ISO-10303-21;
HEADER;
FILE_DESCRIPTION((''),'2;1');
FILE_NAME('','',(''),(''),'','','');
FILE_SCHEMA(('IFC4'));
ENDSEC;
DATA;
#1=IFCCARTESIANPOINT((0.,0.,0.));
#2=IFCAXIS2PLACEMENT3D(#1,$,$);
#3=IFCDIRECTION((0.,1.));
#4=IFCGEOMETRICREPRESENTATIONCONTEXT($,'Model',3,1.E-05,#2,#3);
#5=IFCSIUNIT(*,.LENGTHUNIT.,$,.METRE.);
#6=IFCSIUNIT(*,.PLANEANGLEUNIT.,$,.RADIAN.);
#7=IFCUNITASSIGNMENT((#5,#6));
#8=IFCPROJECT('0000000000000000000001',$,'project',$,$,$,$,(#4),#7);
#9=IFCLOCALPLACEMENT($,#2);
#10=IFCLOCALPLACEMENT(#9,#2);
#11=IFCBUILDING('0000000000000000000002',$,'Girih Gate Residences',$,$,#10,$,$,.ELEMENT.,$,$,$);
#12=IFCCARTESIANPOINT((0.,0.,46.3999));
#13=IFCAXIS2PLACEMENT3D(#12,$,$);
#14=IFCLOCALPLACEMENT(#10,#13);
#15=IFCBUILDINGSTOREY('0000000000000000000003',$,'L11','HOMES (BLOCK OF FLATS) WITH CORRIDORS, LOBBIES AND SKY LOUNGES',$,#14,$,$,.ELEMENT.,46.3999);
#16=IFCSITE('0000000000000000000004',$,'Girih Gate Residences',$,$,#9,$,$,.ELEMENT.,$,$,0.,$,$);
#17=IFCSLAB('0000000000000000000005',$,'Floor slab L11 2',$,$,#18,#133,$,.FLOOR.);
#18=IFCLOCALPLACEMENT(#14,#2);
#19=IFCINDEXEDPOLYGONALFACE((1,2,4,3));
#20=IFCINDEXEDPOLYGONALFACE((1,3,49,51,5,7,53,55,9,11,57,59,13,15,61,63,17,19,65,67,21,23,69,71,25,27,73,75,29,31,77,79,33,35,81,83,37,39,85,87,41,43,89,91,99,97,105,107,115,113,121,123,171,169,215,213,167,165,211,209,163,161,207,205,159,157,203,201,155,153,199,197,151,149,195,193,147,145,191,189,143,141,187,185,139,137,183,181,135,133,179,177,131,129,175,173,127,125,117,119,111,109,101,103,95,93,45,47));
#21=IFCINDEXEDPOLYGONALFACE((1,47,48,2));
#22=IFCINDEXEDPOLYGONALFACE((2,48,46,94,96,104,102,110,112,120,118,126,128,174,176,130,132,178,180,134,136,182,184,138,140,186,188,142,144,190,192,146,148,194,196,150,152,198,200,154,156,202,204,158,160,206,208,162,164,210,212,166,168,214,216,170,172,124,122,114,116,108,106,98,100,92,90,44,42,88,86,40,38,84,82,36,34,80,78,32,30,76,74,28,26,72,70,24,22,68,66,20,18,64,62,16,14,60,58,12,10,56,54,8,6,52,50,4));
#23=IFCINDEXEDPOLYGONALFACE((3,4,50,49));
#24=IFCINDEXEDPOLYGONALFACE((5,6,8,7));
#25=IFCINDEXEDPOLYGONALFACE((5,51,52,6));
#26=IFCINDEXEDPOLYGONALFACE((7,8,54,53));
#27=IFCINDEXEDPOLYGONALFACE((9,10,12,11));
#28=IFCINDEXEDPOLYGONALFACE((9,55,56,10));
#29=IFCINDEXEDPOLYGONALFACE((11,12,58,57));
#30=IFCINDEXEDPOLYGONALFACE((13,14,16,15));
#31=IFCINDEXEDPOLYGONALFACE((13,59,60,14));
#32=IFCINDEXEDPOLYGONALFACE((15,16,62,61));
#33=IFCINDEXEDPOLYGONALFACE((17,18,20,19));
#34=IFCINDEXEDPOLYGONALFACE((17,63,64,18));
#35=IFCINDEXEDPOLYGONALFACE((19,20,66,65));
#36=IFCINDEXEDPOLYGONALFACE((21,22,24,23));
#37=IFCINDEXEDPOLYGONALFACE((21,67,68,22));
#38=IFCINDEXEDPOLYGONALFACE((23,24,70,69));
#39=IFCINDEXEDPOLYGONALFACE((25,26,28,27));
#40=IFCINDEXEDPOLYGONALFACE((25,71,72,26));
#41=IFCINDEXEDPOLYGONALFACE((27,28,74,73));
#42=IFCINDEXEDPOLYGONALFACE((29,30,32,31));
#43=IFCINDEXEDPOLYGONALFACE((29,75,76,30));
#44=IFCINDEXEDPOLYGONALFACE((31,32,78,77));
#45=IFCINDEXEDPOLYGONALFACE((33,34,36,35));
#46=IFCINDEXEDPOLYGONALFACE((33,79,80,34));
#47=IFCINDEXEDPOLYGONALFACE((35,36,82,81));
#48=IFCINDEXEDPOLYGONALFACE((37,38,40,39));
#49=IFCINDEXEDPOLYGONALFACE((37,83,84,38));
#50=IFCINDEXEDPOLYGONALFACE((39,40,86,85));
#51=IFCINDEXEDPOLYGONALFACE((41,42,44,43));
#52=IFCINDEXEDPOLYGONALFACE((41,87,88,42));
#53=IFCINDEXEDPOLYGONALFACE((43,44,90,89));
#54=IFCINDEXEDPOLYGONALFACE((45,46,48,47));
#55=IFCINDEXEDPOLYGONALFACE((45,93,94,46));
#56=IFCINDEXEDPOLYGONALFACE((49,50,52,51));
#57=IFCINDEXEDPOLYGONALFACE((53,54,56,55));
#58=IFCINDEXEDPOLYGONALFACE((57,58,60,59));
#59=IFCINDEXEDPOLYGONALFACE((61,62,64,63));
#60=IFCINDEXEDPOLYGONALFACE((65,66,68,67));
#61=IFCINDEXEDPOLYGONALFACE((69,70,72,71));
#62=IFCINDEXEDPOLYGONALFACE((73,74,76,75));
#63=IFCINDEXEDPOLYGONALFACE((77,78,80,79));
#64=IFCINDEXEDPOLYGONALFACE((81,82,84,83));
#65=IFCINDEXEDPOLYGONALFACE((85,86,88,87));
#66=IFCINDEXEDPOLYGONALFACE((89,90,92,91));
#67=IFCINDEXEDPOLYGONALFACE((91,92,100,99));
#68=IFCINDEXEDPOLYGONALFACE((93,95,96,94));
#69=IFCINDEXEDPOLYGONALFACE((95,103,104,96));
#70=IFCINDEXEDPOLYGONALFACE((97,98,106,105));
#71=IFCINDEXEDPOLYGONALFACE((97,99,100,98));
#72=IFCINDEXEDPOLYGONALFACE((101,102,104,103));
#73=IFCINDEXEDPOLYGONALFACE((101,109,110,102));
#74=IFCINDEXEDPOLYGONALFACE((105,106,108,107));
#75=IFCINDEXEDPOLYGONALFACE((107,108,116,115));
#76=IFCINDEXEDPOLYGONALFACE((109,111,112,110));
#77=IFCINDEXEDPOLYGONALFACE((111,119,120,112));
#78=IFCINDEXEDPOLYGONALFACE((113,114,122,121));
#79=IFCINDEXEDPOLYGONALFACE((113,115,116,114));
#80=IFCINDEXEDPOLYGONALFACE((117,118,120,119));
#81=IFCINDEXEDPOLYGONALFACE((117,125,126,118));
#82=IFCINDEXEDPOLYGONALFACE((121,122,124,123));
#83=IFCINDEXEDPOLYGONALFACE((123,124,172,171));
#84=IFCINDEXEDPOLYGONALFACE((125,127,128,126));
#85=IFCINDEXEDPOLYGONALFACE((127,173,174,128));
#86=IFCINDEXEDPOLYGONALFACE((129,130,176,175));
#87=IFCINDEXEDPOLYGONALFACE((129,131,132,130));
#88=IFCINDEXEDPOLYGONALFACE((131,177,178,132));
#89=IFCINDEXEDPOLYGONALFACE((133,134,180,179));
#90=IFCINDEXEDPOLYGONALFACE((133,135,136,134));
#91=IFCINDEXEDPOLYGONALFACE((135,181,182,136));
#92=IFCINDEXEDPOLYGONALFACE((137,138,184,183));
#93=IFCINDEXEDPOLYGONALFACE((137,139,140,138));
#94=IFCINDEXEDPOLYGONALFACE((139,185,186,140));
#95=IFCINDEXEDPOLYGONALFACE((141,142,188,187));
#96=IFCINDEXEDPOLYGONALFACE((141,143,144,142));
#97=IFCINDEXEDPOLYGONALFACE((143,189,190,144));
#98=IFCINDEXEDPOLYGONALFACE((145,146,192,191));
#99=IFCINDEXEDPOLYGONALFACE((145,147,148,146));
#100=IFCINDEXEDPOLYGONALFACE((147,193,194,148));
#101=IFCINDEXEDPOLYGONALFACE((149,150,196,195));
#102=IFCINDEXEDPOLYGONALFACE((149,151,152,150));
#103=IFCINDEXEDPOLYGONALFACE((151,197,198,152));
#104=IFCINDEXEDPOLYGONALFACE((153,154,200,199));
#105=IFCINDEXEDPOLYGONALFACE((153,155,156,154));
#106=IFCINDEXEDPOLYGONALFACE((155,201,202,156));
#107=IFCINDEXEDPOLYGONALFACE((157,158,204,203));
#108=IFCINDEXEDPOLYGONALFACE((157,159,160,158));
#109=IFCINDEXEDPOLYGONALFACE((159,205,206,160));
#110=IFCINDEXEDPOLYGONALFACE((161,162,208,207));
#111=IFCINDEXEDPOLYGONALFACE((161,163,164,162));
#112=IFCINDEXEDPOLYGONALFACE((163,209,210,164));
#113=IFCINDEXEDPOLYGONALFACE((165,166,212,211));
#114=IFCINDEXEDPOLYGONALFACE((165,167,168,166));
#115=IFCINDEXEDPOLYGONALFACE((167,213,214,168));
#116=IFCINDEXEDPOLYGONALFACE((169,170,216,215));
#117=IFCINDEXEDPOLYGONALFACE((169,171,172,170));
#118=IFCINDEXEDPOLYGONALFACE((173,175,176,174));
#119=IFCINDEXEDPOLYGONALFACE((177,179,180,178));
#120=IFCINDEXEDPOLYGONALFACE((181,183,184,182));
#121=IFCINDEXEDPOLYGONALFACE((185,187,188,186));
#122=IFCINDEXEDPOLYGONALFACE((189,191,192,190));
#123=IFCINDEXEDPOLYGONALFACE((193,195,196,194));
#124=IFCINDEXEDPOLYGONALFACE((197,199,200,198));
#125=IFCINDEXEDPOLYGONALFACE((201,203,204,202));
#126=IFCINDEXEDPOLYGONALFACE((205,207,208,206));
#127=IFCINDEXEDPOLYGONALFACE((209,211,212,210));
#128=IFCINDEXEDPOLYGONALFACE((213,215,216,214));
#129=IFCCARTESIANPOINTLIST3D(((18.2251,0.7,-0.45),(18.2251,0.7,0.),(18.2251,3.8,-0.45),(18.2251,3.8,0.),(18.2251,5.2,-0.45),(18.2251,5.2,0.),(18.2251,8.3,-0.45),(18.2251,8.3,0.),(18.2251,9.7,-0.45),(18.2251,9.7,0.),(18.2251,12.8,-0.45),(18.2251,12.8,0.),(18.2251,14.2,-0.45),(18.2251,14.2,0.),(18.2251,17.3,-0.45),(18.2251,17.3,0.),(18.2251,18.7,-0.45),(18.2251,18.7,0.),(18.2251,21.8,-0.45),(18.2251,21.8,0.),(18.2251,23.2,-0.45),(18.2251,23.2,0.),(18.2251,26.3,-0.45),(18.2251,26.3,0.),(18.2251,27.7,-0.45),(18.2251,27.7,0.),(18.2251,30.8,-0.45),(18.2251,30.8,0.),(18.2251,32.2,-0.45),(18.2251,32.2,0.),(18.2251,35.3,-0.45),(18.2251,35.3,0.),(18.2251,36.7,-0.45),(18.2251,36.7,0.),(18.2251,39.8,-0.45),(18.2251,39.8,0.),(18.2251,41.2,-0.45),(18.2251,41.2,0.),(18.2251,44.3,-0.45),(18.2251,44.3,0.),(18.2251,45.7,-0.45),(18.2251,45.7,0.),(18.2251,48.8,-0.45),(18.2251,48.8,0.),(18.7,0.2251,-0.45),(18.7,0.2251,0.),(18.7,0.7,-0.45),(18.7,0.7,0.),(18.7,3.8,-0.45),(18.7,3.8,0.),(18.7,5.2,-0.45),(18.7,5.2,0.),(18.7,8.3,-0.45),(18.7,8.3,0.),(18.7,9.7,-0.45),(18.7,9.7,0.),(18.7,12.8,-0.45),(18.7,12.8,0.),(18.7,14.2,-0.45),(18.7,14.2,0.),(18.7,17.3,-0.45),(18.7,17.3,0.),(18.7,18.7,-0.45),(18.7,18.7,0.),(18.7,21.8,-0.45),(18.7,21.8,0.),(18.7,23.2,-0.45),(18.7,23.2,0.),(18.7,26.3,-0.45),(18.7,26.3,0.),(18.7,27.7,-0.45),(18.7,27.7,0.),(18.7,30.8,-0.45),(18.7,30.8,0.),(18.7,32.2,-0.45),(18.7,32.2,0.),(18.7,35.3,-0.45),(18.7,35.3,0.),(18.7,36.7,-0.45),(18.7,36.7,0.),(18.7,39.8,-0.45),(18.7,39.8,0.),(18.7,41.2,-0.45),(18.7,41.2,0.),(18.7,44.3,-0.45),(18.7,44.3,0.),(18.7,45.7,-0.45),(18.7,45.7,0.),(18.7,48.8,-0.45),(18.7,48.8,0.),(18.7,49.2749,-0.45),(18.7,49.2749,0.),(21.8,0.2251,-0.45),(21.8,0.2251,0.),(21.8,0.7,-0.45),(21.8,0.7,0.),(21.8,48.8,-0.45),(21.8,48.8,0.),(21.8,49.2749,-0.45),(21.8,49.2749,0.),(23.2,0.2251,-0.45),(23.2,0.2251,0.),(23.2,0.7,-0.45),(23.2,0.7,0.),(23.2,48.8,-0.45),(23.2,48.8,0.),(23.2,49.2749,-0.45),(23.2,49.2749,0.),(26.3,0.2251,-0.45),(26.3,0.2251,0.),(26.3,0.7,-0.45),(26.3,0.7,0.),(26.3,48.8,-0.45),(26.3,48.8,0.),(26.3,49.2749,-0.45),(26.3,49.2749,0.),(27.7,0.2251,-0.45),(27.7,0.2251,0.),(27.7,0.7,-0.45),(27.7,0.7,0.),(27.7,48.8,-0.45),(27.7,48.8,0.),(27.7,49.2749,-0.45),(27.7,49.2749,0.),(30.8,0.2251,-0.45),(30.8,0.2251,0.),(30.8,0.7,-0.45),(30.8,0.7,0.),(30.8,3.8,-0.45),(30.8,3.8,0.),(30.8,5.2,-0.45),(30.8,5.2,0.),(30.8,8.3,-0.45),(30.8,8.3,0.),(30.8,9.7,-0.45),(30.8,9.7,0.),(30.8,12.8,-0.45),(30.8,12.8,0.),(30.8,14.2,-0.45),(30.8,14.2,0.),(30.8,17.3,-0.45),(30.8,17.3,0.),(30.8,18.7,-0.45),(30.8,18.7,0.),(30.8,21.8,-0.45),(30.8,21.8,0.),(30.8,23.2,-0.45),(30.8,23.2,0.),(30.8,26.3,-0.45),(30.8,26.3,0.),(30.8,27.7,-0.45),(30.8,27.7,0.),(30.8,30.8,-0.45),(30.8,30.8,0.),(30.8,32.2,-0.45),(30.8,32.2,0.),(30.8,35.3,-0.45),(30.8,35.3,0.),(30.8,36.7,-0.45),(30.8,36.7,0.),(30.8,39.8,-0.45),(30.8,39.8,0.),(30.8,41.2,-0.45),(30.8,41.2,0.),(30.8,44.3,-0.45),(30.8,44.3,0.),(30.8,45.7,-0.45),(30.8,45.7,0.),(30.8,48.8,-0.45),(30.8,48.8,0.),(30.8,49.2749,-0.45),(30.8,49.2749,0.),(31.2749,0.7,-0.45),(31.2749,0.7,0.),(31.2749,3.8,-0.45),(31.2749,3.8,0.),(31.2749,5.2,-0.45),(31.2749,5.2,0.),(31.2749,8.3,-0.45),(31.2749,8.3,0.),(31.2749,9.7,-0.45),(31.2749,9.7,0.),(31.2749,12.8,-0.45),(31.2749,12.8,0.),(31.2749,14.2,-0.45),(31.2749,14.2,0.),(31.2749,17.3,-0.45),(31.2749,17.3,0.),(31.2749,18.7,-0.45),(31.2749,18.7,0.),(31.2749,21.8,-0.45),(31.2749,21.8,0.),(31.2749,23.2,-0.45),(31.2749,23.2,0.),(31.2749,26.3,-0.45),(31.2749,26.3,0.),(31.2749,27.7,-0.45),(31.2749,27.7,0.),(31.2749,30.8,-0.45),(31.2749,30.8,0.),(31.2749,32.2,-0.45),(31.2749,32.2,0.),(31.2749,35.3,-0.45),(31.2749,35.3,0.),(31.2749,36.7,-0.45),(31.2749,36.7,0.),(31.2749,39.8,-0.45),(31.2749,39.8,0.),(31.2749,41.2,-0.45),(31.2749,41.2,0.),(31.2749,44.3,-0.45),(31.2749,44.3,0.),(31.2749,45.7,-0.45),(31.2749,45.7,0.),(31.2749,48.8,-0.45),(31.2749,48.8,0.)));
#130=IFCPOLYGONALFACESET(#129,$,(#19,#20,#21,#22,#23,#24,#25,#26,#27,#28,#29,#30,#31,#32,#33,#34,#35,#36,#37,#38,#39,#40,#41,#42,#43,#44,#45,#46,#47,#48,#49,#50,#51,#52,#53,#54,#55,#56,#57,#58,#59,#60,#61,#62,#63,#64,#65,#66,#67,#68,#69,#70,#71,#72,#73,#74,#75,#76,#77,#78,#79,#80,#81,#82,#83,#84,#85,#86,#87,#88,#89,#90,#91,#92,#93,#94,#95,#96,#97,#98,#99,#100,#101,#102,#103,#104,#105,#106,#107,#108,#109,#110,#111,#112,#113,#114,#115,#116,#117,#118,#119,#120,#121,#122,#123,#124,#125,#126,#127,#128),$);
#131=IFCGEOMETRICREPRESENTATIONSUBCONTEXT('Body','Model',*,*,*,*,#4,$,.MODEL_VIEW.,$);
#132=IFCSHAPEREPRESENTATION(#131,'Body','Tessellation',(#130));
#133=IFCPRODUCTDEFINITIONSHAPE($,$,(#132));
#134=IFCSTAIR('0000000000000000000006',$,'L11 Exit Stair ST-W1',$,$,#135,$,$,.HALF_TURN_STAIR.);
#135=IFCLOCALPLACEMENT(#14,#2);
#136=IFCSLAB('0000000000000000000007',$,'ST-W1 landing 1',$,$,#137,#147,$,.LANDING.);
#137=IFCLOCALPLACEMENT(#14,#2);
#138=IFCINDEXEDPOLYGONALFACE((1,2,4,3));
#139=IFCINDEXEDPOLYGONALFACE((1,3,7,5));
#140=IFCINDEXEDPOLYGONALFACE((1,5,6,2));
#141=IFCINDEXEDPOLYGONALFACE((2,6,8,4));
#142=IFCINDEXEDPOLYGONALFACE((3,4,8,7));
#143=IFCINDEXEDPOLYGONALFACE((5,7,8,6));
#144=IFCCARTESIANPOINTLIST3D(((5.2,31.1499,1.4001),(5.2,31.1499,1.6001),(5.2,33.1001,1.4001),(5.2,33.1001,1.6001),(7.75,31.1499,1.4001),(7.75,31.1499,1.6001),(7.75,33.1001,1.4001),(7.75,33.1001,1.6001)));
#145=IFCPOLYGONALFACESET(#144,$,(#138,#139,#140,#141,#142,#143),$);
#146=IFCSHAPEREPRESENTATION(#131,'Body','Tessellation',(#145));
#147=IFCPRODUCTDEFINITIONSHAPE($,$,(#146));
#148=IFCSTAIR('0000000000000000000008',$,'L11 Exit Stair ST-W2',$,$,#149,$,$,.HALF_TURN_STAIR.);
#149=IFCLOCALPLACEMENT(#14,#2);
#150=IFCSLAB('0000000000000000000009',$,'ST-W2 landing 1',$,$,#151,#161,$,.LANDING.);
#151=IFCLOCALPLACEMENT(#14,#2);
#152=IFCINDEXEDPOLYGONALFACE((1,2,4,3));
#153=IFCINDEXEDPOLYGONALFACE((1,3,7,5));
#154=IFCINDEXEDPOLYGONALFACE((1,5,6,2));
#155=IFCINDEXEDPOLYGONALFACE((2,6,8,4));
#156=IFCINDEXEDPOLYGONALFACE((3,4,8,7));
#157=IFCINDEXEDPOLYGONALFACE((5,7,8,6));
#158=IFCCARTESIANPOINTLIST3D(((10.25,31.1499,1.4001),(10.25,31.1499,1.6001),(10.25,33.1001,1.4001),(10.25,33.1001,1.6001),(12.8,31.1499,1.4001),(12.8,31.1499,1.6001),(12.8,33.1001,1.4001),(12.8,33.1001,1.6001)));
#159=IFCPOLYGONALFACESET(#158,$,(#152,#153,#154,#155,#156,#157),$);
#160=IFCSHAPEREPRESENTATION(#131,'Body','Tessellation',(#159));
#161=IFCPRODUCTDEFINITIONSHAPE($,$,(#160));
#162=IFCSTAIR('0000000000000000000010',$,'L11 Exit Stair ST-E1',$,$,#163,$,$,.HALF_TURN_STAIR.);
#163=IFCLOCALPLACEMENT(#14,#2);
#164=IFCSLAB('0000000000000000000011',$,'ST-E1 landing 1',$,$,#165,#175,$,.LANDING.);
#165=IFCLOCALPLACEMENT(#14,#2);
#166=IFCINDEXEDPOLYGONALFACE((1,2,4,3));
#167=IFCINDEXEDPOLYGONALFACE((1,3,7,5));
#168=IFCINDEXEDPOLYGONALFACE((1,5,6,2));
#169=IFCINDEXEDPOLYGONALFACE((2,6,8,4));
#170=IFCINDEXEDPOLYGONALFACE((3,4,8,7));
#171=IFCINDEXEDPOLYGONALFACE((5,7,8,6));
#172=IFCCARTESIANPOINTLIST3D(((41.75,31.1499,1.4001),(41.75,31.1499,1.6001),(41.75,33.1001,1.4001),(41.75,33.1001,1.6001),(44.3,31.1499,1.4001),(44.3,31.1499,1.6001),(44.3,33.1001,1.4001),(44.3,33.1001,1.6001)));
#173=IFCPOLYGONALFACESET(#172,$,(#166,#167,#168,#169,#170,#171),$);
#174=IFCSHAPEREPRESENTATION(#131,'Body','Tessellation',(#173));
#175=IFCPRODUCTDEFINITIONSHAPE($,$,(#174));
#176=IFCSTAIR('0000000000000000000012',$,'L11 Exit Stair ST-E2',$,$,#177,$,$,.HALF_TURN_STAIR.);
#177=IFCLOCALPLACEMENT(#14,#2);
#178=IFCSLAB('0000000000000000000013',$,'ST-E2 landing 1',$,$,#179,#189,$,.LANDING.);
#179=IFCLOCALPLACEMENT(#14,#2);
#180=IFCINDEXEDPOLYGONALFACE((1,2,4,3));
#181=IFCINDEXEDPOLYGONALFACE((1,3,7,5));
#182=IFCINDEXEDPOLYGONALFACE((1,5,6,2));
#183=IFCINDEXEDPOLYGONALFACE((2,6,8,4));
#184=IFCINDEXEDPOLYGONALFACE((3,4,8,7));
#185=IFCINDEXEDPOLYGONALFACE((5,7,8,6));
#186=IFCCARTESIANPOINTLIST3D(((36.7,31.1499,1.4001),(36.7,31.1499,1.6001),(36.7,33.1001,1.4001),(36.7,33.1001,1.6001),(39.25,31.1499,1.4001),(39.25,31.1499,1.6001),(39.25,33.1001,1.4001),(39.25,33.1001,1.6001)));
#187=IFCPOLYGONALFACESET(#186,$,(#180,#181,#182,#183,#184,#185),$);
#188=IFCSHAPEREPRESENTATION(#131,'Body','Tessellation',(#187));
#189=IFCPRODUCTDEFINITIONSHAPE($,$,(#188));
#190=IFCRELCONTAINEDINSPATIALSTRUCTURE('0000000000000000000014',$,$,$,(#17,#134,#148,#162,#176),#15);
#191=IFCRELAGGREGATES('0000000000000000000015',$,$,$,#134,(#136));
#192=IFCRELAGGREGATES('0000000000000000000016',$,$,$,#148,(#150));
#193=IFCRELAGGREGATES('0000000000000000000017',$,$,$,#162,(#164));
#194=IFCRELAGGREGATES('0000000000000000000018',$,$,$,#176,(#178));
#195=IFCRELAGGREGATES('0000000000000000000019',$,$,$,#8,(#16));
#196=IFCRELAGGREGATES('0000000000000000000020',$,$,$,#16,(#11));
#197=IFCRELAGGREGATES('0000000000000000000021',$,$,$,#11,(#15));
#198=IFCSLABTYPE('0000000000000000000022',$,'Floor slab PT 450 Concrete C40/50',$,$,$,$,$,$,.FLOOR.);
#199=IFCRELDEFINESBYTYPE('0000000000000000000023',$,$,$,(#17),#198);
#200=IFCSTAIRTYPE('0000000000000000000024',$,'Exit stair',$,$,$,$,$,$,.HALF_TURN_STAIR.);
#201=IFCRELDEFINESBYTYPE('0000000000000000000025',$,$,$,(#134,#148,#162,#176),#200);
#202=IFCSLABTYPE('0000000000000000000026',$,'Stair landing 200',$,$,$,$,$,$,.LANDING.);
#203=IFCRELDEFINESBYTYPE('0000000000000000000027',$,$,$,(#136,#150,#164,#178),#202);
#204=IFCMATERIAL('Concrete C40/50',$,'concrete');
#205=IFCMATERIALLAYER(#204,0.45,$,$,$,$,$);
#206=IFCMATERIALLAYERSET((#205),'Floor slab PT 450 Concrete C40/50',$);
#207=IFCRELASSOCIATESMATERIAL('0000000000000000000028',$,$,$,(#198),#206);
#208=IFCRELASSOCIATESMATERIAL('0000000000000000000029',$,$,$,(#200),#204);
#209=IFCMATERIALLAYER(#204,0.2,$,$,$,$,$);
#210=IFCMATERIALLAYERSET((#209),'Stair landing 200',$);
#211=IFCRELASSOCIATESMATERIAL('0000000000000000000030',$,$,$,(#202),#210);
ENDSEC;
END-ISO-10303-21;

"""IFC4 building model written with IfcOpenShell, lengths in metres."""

from ifc_helpers import new_model, si_unit, direction, frame, origin, place, context, subcontext, project, spatial, polyline, outline, extrude, material, layer, layer_set, type_object, element, aggregate, save


model = new_model("IFC4")

# Units and contexts
model_context = context("Model", 3, precision=1e-05, world=origin(), true_north=direction((0.0, 1.0)))
body_context = subcontext(model_context, "Body", "Model", "MODEL_VIEW")
ifc_project = project(units=[si_unit("LENGTHUNIT", "METRE"), si_unit("PLANEANGLEUNIT", "RADIAN")], contexts=[model_context])

# Site, building, storey
site_placement = place(None, origin())
site = spatial("IfcSite", under=ifc_project, at=site_placement, Name="Girih Gate Residences", CompositionType="ELEMENT", RefElevation=0.0)
building_placement = place(site_placement, origin())
building = spatial("IfcBuilding", under=site, at=building_placement, Name="Girih Gate Residences", CompositionType="ELEMENT")
storey_placement = place(building_placement, frame((0.0, 0.0, 46.3999)))
storey = spatial("IfcBuildingStorey", under=building, at=storey_placement, Name="L11", Description="HOMES (BLOCK OF FLATS) WITH CORRIDORS, LOBBIES AND SKY LOUNGES", CompositionType="ELEMENT", Elevation=46.3999)

# Slab
ifc_material_1 = material(Name="Concrete C40/50", Category="concrete")
ifc_layer_1 = layer(ifc_material_1, 0.45)
ifc_layer_set_1 = layer_set([ifc_layer_1], Name="Floor slab PT 450 Concrete C40/50")
slab_type_1 = type_object("IfcSlabType", Name="Floor slab PT 450 Concrete C40/50", PredefinedType="FLOOR", material=ifc_layer_set_1)
slab_1_placement = place(storey_placement, frame((0.0, 0.0, -0.45)))
element("IfcSlab", 1, at=slab_1_placement, inside=storey, type_object=slab_type_1, Name="Floor slab L11 2", PredefinedType="FLOOR", context=body_context, shape_type="SweptSolid", body=[
    extrude(outline(polyline([(21.8, 49.2749), (18.7, 49.2749), (18.7, 48.8), (18.2251, 48.8), (18.2251, 45.7), (18.7, 45.7), (18.7, 44.3), (18.2251, 44.3), (18.2251, 41.2), (18.7, 41.2), (18.7, 39.8), (18.2251, 39.8), (18.2251, 36.7), (18.7, 36.7), (18.7, 35.3), (18.2251, 35.3), (18.2251, 32.2), (18.7, 32.2), (18.7, 30.8), (18.2251, 30.8), (18.2251, 27.7), (18.7, 27.7), (18.7, 26.3), (18.2251, 26.3), (18.2251, 23.2), (18.7, 23.2), (18.7, 21.8), (18.2251, 21.8), (18.2251, 18.7), (18.7, 18.7), (18.7, 17.3), (18.2251, 17.3), (18.2251, 14.2), (18.7, 14.2), (18.7, 12.8), (18.2251, 12.8), (18.2251, 9.7), (18.7, 9.7), (18.7, 8.3), (18.2251, 8.3), (18.2251, 5.2), (18.7, 5.2), (18.7, 3.8), (18.2251, 3.8), (18.2251, 0.7), (18.7, 0.7), (18.7, 0.2251), (21.8, 0.2251), (21.8, 0.7), (23.2, 0.7), (23.2, 0.2251), (26.3, 0.2251), (26.3, 0.7), (27.7, 0.7), (27.7, 0.2251), (30.8, 0.2251), (30.8, 0.7), (31.2749, 0.7), (31.2749, 3.8), (30.8, 3.8), (30.8, 5.2), (31.2749, 5.2), (31.2749, 8.3), (30.8, 8.3), (30.8, 9.7), (31.2749, 9.7), (31.2749, 12.8), (30.8, 12.8), (30.8, 14.2), (31.2749, 14.2), (31.2749, 17.3), (30.8, 17.3), (30.8, 18.7), (31.2749, 18.7), (31.2749, 21.8), (30.8, 21.8), (30.8, 23.2), (31.2749, 23.2), (31.2749, 26.3), (30.8, 26.3), (30.8, 27.7), (31.2749, 27.7), (31.2749, 30.8), (30.8, 30.8), (30.8, 32.2), (31.2749, 32.2), (31.2749, 35.3), (30.8, 35.3), (30.8, 36.7), (31.2749, 36.7), (31.2749, 39.8), (30.8, 39.8), (30.8, 41.2), (31.2749, 41.2), (31.2749, 44.3), (30.8, 44.3), (30.8, 45.7), (31.2749, 45.7), (31.2749, 48.8), (30.8, 48.8), (30.8, 49.2749), (27.7, 49.2749), (27.7, 48.8), (26.3, 48.8), (26.3, 49.2749), (23.2, 49.2749), (23.2, 48.8), (21.8, 48.8), (21.8, 49.2749)])), origin(), (0.0, 0.0, 1.0), 0.45),
])

# Stairs, slabs
stair_type = type_object("IfcStairType", Name="Exit stair", PredefinedType="HALF_TURN_STAIR", material=ifc_material_1)
stair_1_placement = place(storey_placement, origin())
stair_1 = element("IfcStair", 2, at=stair_1_placement, inside=storey, type_object=stair_type, Name="L11 Exit Stair ST-W1", PredefinedType="HALF_TURN_STAIR")
ifc_layer_2 = layer(ifc_material_1, 0.2)
ifc_layer_set_2 = layer_set([ifc_layer_2], Name="Stair landing 200")
slab_type_2 = type_object("IfcSlabType", Name="Stair landing 200", PredefinedType="LANDING", material=ifc_layer_set_2)
slab_2_placement = place(storey_placement, frame((0.0, 0.0, 1.4001)))
slab_2 = element("IfcSlab", 3, at=slab_2_placement, type_object=slab_type_2, Name="ST-W1 landing 1", PredefinedType="LANDING", context=body_context, shape_type="SweptSolid", body=[
    extrude(outline(polyline([(7.75, 31.1499), (7.75, 33.1001), (5.2, 33.1001), (5.2, 31.1499), (7.75, 31.1499)])), origin(), (0.0, 0.0, 1.0), 0.2),
])
aggregate(stair_1, [slab_2])
stair_2_placement = place(storey_placement, origin())
stair_2 = element("IfcStair", 4, at=stair_2_placement, inside=storey, type_object=stair_type, Name="L11 Exit Stair ST-W2", PredefinedType="HALF_TURN_STAIR")
slab_3_placement = place(storey_placement, frame((0.0, 0.0, 1.4001)))
slab_3 = element("IfcSlab", 5, at=slab_3_placement, type_object=slab_type_2, Name="ST-W2 landing 1", PredefinedType="LANDING", context=body_context, shape_type="SweptSolid", body=[
    extrude(outline(polyline([(12.8, 31.1499), (12.8, 33.1001), (10.25, 33.1001), (10.25, 31.1499), (12.8, 31.1499)])), origin(), (0.0, 0.0, 1.0), 0.2),
])
aggregate(stair_2, [slab_3])
stair_3_placement = place(storey_placement, origin())
stair_3 = element("IfcStair", 6, at=stair_3_placement, inside=storey, type_object=stair_type, Name="L11 Exit Stair ST-E1", PredefinedType="HALF_TURN_STAIR")
slab_4_placement = place(storey_placement, frame((0.0, 0.0, 1.4001)))
slab_4 = element("IfcSlab", 7, at=slab_4_placement, type_object=slab_type_2, Name="ST-E1 landing 1", PredefinedType="LANDING", context=body_context, shape_type="SweptSolid", body=[
    extrude(outline(polyline([(44.3, 31.1499), (44.3, 33.1001), (41.75, 33.1001), (41.75, 31.1499), (44.3, 31.1499)])), origin(), (0.0, 0.0, 1.0), 0.2),
])
aggregate(stair_3, [slab_4])
stair_4_placement = place(storey_placement, origin())
stair_4 = element("IfcStair", 8, at=stair_4_placement, inside=storey, type_object=stair_type, Name="L11 Exit Stair ST-E2", PredefinedType="HALF_TURN_STAIR")
slab_5_placement = place(storey_placement, frame((0.0, 0.0, 1.4001)))
slab_5 = element("IfcSlab", 9, at=slab_5_placement, type_object=slab_type_2, Name="ST-E2 landing 1", PredefinedType="LANDING", context=body_context, shape_type="SweptSolid", body=[
    extrude(outline(polyline([(39.25, 31.1499), (39.25, 33.1001), (36.7, 33.1001), (36.7, 31.1499), (39.25, 31.1499)])), origin(), (0.0, 0.0, 1.0), 0.2),
])
aggregate(stair_4, [slab_5])

save(model, "model.ifc")
